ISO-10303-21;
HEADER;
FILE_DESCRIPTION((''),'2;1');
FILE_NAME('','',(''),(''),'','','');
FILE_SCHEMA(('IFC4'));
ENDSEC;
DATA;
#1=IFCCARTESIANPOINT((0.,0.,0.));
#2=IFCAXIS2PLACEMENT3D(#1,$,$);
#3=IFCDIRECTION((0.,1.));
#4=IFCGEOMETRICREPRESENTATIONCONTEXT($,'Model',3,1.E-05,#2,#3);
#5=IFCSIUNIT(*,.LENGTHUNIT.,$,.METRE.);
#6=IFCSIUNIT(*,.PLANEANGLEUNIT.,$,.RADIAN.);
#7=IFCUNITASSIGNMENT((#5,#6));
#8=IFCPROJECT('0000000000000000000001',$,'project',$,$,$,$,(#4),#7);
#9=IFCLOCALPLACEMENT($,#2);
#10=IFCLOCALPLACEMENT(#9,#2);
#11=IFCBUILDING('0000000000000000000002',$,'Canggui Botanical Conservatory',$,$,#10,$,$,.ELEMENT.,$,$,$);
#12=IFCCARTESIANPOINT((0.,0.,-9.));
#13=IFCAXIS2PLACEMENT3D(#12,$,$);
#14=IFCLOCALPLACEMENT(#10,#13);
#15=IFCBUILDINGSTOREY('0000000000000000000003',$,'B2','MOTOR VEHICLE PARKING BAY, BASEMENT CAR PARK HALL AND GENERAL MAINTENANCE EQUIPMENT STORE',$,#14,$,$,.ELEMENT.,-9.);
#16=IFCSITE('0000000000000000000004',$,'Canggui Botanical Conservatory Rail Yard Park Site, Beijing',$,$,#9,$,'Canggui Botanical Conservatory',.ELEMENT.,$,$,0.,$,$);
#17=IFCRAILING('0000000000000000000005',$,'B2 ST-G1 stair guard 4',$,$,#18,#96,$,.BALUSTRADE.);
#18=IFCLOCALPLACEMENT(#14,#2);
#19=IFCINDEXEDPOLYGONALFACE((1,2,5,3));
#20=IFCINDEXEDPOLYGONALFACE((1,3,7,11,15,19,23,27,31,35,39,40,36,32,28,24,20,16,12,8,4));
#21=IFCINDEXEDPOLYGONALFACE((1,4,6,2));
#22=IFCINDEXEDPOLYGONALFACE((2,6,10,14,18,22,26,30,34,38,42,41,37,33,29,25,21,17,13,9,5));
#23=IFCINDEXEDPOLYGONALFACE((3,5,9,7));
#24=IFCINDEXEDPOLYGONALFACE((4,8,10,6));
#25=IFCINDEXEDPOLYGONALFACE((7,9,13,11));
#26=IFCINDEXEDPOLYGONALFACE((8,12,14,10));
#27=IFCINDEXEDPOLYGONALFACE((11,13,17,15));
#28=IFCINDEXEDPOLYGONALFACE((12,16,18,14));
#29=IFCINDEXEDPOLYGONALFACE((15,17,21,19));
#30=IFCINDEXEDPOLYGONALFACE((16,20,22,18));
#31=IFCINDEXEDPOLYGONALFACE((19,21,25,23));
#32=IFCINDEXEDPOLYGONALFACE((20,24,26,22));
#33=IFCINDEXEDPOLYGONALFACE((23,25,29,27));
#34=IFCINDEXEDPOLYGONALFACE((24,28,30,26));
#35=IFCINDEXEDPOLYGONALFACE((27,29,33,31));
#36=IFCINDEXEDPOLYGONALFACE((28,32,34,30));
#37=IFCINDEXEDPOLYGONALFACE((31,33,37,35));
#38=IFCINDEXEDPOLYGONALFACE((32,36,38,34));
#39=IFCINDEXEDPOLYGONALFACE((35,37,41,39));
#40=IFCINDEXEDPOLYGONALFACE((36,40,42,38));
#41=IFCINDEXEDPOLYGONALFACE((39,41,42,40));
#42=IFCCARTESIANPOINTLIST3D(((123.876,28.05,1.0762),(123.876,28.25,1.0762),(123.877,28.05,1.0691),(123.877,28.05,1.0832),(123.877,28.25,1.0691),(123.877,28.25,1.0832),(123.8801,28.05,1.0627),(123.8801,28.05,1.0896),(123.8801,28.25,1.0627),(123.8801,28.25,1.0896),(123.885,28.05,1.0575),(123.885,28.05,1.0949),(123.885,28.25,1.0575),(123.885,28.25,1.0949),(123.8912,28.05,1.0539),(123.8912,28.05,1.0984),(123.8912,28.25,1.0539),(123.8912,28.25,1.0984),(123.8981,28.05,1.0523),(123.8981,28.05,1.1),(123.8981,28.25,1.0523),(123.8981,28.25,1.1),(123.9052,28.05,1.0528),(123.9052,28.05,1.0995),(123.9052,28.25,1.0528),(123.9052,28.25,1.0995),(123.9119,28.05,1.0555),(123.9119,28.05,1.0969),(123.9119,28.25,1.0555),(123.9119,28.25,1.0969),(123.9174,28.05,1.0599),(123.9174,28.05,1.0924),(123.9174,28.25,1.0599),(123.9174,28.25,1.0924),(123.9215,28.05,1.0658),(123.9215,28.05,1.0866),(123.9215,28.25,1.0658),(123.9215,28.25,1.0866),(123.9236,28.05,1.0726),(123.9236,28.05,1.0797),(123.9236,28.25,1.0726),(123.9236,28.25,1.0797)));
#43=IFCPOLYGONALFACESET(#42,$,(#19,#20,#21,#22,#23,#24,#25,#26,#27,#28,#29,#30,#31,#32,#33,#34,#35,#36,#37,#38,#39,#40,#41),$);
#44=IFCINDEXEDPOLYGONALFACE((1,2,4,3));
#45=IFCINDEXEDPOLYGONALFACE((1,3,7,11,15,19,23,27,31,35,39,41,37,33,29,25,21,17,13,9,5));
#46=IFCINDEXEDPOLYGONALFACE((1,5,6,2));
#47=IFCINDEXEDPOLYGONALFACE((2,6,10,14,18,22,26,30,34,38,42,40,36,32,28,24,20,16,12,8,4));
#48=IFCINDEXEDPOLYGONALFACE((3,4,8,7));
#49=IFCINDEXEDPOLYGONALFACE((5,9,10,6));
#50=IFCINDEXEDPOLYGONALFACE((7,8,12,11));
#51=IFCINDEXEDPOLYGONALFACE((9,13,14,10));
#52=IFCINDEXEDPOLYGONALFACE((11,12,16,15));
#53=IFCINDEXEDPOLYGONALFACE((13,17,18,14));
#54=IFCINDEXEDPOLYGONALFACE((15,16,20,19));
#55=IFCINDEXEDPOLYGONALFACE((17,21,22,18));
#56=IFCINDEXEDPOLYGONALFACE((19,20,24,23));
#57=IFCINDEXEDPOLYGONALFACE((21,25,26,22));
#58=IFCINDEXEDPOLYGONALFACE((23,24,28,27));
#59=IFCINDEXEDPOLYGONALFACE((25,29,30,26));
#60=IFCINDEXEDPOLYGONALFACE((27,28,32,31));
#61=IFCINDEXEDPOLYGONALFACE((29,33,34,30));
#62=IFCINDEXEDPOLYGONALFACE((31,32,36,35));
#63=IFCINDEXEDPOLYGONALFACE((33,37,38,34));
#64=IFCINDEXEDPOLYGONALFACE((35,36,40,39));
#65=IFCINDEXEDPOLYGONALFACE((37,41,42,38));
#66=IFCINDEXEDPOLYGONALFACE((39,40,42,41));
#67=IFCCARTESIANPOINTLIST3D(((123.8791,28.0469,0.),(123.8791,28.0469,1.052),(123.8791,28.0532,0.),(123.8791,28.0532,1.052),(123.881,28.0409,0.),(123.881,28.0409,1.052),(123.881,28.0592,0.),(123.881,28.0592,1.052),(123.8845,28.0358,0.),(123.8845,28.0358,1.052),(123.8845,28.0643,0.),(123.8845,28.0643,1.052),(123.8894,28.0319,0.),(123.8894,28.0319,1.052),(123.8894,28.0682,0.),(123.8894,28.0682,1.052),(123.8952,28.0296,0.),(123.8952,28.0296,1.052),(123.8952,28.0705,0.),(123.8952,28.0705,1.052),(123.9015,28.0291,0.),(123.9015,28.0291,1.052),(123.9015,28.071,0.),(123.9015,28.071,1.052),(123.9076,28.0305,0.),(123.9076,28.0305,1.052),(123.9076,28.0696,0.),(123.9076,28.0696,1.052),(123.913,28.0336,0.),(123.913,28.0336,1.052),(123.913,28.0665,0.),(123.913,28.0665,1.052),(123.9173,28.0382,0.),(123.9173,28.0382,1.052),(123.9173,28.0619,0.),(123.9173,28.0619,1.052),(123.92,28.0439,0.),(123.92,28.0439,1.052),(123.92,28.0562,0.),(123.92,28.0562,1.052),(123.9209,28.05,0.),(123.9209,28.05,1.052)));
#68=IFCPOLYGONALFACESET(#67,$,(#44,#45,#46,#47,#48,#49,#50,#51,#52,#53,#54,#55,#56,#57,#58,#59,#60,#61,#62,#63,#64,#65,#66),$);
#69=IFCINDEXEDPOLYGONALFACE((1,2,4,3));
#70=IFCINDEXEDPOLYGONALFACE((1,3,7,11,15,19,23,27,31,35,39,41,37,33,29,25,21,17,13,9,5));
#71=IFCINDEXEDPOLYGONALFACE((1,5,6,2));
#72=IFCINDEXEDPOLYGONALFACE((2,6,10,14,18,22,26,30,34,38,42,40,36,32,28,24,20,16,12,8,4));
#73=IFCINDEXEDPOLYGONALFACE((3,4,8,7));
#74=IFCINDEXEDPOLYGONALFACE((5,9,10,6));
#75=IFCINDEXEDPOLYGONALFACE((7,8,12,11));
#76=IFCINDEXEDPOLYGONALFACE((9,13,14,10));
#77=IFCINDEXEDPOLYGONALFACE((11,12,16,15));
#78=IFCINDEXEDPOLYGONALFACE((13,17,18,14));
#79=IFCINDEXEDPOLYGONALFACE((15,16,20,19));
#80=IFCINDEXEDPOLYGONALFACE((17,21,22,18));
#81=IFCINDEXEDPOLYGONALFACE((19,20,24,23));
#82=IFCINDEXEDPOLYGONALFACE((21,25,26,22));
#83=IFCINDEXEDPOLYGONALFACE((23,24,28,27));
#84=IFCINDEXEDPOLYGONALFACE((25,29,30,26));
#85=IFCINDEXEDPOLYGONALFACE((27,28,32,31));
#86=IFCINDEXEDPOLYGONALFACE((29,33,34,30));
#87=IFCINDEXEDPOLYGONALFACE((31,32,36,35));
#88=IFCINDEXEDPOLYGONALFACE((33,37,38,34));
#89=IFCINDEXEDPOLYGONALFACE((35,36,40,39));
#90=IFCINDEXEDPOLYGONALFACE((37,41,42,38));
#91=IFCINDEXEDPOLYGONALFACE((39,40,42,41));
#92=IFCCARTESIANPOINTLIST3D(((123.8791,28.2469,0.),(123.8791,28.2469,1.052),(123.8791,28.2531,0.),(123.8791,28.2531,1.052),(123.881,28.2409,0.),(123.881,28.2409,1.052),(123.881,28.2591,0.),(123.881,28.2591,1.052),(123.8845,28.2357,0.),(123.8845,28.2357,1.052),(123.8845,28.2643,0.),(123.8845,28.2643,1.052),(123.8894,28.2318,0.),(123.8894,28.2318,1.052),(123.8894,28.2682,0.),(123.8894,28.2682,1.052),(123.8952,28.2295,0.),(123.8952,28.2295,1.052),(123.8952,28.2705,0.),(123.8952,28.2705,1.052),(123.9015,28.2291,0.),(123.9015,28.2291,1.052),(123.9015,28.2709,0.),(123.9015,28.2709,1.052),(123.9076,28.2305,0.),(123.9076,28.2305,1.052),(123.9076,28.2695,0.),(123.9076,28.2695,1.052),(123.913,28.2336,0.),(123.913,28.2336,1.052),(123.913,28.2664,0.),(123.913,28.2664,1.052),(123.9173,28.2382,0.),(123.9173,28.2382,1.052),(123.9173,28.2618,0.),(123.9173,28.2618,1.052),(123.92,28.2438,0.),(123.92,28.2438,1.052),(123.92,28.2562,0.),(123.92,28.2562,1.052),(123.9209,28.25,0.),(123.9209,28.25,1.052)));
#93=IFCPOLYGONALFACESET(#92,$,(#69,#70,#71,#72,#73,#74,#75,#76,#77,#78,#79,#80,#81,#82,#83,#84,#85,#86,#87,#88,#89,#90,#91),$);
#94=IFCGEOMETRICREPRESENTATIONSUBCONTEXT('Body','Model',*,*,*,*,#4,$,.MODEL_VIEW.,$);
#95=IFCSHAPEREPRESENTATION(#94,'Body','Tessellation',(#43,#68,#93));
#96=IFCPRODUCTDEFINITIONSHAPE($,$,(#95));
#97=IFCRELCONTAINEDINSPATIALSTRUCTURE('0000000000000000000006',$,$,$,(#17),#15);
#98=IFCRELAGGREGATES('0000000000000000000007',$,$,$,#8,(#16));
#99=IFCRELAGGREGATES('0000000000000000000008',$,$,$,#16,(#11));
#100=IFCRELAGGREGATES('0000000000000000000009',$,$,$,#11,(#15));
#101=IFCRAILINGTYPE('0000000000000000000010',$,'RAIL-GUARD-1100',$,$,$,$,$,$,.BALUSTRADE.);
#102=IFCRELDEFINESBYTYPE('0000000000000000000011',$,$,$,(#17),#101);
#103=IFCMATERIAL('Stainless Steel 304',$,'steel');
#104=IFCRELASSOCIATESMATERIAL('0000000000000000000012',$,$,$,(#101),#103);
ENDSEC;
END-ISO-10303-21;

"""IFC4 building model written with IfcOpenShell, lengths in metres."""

from ifc_helpers import new_model, si_unit, direction, frame, origin, origin_2d, place, context, subcontext, project, spatial, circle, extrude, material, type_object, element, save


model = new_model("IFC4")

# Units and contexts
model_context = context("Model", 3, precision=1e-05, world=origin(), true_north=direction((0.0, 1.0)))
body_context = subcontext(model_context, "Body", "Model", "MODEL_VIEW")
ifc_project = project(units=[si_unit("LENGTHUNIT", "METRE"), si_unit("PLANEANGLEUNIT", "RADIAN")], contexts=[model_context])

# Site, building, storey
site_placement = place(None, origin())
site = spatial("IfcSite", under=ifc_project, at=site_placement, Name="Canggui Botanical Conservatory Rail Yard Park Site, Beijing", LongName="Canggui Botanical Conservatory", CompositionType="ELEMENT", RefElevation=0.0)
building_placement = place(site_placement, origin())
building = spatial("IfcBuilding", under=site, at=building_placement, Name="Canggui Botanical Conservatory", CompositionType="ELEMENT")
storey_placement = place(building_placement, frame((0.0, 0.0, -9.0)))
storey = spatial("IfcBuildingStorey", under=building, at=storey_placement, Name="B2", Description="MOTOR VEHICLE PARKING BAY, BASEMENT CAR PARK HALL AND GENERAL MAINTENANCE EQUIPMENT STORE", CompositionType="ELEMENT", Elevation=-9.0)

# Railing
ifc_material_1 = material(Name="Stainless Steel 304", Category="steel")
railing_type_1 = type_object("IfcRailingType", Name="RAIL-GUARD-1100", PredefinedType="BALUSTRADE", material=ifc_material_1)
railing_1_placement = place(storey_placement, frame((123.8999, 28.05, 0.0)))
element("IfcRailing", 1, at=railing_1_placement, inside=storey, type_object=railing_type_1, Name="B2 ST-G1 stair guard 4", PredefinedType="BALUSTRADE", context=body_context, shape_type="SweptSolid", body=[
    extrude(circle(Radius=0.0239, at=origin_2d()), frame((0.0, 0.0, 1.0762), z_axis=(0.0, 1.0, 0.0), x_axis=(-1.0, 0.0, 0.0)), (0.0, 0.0, 1.0), 0.2),
    extrude(circle(Radius=0.021, at=origin_2d()), origin(), (0.0, 0.0, 1.0), 1.052),
    extrude(circle(Radius=0.021, at=origin_2d()), frame((0.0, 0.2, 0.0)), (0.0, 0.0, 1.0), 1.052),
])

save(model, "model.ifc")
